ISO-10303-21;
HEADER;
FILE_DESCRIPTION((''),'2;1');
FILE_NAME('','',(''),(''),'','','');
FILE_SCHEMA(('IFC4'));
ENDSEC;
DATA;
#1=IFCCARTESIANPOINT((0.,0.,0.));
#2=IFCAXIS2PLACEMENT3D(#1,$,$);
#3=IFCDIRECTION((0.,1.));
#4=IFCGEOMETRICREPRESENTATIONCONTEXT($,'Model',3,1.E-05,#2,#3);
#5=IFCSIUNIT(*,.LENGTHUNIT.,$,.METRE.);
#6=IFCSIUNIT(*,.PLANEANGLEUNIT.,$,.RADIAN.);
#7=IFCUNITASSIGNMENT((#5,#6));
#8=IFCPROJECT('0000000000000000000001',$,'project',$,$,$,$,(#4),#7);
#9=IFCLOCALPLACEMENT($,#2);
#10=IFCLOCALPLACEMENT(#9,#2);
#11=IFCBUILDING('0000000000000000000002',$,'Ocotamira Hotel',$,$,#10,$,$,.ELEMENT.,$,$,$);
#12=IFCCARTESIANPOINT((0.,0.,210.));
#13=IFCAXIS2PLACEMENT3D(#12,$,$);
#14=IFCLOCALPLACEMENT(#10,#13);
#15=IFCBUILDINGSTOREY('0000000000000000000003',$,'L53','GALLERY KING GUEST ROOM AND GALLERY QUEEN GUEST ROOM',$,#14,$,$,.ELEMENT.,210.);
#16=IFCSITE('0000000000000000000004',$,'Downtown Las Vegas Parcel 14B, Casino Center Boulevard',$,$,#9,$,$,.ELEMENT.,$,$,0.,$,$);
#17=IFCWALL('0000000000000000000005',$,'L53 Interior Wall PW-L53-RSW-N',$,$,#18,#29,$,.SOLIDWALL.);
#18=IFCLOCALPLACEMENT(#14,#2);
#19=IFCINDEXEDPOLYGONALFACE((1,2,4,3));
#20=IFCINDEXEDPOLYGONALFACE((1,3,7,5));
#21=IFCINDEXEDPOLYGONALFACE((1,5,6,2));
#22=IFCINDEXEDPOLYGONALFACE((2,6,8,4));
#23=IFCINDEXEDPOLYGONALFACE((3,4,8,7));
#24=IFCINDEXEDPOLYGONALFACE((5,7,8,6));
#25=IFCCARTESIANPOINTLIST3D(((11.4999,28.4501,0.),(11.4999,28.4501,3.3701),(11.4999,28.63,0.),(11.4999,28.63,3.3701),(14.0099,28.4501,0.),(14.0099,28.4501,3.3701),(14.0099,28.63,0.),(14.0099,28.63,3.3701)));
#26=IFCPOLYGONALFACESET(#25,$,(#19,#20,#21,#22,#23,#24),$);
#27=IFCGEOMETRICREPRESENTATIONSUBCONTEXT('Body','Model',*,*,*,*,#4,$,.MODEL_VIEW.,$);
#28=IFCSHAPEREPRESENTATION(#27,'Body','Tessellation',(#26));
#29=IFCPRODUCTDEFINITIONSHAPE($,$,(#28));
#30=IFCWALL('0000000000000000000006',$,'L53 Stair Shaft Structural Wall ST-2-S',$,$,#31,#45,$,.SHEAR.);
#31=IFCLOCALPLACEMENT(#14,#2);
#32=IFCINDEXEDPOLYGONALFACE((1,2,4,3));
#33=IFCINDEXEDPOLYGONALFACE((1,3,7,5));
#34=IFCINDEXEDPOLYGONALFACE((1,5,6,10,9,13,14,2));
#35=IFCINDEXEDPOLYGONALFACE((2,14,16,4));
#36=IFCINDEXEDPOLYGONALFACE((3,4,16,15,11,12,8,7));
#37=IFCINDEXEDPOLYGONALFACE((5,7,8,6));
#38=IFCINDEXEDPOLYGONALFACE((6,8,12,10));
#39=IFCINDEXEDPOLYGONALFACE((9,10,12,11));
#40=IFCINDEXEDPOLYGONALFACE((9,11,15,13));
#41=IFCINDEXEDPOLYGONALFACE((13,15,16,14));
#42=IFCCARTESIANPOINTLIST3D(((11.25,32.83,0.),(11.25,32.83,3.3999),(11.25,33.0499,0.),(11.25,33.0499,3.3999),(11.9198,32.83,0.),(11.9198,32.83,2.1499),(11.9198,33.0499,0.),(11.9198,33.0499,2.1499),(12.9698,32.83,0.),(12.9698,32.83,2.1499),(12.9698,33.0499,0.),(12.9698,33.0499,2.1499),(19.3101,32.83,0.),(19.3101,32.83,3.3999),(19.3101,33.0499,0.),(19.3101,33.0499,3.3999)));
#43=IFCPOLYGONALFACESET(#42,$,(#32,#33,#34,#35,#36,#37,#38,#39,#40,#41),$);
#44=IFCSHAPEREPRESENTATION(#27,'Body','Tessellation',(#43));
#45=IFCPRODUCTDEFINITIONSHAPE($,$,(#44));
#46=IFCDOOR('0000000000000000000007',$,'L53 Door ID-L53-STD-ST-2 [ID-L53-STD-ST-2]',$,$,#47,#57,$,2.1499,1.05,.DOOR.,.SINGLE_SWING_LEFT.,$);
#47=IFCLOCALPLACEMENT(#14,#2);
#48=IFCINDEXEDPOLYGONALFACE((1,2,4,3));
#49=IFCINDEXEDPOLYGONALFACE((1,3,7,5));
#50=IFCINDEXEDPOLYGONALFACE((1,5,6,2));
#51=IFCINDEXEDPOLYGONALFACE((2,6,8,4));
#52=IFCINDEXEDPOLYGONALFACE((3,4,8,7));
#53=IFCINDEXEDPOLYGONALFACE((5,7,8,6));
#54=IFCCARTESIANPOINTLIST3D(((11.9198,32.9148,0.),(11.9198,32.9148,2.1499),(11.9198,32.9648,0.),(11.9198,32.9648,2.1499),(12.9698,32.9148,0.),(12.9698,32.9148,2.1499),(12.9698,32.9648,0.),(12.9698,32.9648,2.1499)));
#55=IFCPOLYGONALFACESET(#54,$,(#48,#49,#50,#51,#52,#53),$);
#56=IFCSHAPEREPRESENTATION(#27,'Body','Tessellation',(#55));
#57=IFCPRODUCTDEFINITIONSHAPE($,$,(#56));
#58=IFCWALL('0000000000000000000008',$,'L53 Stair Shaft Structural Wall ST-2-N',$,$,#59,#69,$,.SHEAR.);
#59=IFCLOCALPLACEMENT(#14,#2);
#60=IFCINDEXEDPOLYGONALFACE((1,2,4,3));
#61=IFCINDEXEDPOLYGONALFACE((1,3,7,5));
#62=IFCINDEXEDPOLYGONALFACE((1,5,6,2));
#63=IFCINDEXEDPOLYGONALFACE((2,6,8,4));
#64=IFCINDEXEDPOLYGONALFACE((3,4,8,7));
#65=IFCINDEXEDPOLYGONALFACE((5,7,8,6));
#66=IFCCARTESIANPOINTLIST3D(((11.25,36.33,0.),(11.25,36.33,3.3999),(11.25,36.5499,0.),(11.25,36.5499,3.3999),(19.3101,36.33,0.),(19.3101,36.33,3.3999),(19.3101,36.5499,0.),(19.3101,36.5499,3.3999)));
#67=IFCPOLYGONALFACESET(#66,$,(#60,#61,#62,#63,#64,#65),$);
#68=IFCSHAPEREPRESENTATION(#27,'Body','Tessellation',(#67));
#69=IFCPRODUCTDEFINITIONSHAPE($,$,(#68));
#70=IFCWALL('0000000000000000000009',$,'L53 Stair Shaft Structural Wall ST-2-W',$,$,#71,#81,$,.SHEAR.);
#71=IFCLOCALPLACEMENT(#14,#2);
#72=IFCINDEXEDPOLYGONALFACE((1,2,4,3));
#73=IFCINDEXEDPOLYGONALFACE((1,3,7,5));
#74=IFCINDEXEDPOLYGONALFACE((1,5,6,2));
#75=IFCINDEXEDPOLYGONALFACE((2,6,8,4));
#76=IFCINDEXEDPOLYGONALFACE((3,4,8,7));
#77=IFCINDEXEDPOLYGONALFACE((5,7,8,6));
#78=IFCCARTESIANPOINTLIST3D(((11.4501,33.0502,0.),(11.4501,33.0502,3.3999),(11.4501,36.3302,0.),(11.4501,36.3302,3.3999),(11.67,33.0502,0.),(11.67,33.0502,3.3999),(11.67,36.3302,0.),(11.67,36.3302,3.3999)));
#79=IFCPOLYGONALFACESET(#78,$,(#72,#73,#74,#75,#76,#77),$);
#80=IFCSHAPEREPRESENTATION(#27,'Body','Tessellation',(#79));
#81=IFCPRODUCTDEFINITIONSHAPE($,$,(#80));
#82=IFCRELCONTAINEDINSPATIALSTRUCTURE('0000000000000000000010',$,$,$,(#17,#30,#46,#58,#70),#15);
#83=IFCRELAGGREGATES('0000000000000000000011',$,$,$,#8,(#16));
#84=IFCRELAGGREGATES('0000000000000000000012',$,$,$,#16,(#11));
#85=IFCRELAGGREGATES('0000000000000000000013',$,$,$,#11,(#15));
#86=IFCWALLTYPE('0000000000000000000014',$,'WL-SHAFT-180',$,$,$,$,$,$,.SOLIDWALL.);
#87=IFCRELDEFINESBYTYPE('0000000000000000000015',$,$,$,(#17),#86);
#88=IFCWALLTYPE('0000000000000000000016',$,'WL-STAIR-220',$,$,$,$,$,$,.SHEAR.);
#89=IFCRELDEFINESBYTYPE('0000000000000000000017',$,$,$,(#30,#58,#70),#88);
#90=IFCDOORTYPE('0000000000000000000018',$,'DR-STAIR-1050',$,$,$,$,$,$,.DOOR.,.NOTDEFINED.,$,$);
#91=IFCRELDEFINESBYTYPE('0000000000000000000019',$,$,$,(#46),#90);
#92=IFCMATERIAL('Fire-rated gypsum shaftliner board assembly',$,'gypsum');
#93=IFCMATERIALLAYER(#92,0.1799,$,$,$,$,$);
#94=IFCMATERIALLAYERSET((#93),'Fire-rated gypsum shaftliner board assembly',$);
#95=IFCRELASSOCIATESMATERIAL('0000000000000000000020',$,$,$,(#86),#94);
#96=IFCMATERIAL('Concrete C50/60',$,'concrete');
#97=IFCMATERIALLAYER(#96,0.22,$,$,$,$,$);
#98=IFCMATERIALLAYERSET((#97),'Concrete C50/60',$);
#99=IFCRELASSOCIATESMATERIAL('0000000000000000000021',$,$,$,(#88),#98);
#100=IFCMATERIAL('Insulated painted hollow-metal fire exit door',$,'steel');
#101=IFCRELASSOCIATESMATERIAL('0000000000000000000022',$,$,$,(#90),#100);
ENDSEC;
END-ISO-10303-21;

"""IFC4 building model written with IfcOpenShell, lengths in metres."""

from ifc_helpers import new_model, si_unit, direction, frame, frame_2d, origin, place, context, subcontext, project, spatial, rectangle, extrude, source, transform, mapped, material, layer, layer_set, type_object, element, fill, save


model = new_model("IFC4")

# Units and contexts
model_context = context("Model", 3, precision=1e-05, world=origin(), true_north=direction((0.0, 1.0)))
body_context = subcontext(model_context, "Body", "Model", "MODEL_VIEW")
ifc_project = project(units=[si_unit("LENGTHUNIT", "METRE"), si_unit("PLANEANGLEUNIT", "RADIAN")], contexts=[model_context])

# Site, building, storey
site_placement = place(None, origin())
site = spatial("IfcSite", under=ifc_project, at=site_placement, Name="Downtown Las Vegas Parcel 14B, Casino Center Boulevard", CompositionType="ELEMENT", RefElevation=0.0)
building_placement = place(site_placement, origin())
building = spatial("IfcBuilding", under=site, at=building_placement, Name="Ocotamira Hotel", CompositionType="ELEMENT")
storey_placement = place(building_placement, frame((0.0, 0.0, 210.0)))
storey = spatial("IfcBuildingStorey", under=building, at=storey_placement, Name="L53", Description="GALLERY KING GUEST ROOM AND GALLERY QUEEN GUEST ROOM", CompositionType="ELEMENT", Elevation=210.0)

# Wall
ifc_material_1 = material(Name="Fire-rated gypsum shaftliner board assembly", Category="gypsum")
ifc_layer_1 = layer(ifc_material_1, 0.1799)
ifc_layer_set_1 = layer_set([ifc_layer_1], Name="Fire-rated gypsum shaftliner board assembly")
wall_type_1 = type_object("IfcWallType", Name="WL-SHAFT-180", PredefinedType="SOLIDWALL", material=ifc_layer_set_1)
for number, where, z_axis, x_axis, name in (
    (1, (11.5, 28.54, 0.0), (0.0, 0.0, 1.0), (1.0, 0.0, 0.0), "L53 Interior Wall PW-L53-RSW-N"),
):
    element("IfcWall", number, at=place(storey_placement, frame(where, z_axis=z_axis, x_axis=x_axis)), inside=storey, type_object=wall_type_1, Name=name, PredefinedType="SOLIDWALL", context=body_context, shape_type="SweptSolid", body=[
        extrude(rectangle(XDim=2.51, YDim=0.1799, at=frame_2d((1.2549, 0.0))), origin(), (0.0, 0.0, 1.0), 3.3701),
    ])

# Wall, opening, door
ifc_material_2 = material(Name="Concrete C50/60", Category="concrete")
ifc_layer_2 = layer(ifc_material_2, 0.22)
ifc_layer_set_2 = layer_set([ifc_layer_2], Name="Concrete C50/60")
wall_type_2 = type_object("IfcWallType", Name="WL-STAIR-220", PredefinedType="SHEAR", material=ifc_layer_set_2)
wall_1_placement = place(storey_placement, frame((11.25, 32.9399, 0.0), z_axis=(0.0, 0.0, 1.0), x_axis=(1.0, 0.0, 0.0)))
wall_1 = element("IfcWall", 2, at=wall_1_placement, inside=storey, type_object=wall_type_2, Name="L53 Stair Shaft Structural Wall ST-2-S", PredefinedType="SHEAR", context=body_context, shape_type="SweptSolid", body=[
    extrude(rectangle(XDim=8.0601, YDim=0.22, at=frame_2d((4.03, 0.0))), origin(), (0.0, 0.0, 1.0), 3.3999),
])
opening_placement = place(wall_1_placement, frame((0.6699, 0.0, 0.0)))
opening = element("IfcOpeningElement", 3, at=opening_placement, cuts=wall_1, PredefinedType="OPENING", context=body_context, shape_type="SweptSolid", body=[
    extrude(rectangle(XDim=1.05, YDim=2.1499, at=frame_2d((0.5249, 1.075))), frame((0.0, 0.1201, 0.0), z_axis=(0.0, -1.0, 0.0), x_axis=(1.0, 0.0, 0.0)), (0.0, 0.0, 1.0), 0.24),
])
ifc_material_3 = material(Name="Insulated painted hollow-metal fire exit door", Category="steel")
door_type = type_object("IfcDoorType", Name="DR-STAIR-1050", OperationType="NOTDEFINED", PredefinedType="DOOR", material=ifc_material_3)
shared_shape_1 = source(origin(), body_context, "Body", "SweptSolid", [
    extrude(rectangle(XDim=1.05, YDim=2.1499, at=frame_2d((0.5249, 1.075))), frame((0.0, 0.0249, 0.0), z_axis=(0.0, -1.0, 0.0), x_axis=(1.0, 0.0, 0.0)), (0.0, 0.0, 1.0), 0.05),
])
door_placement = place(opening_placement, origin())
door = element("IfcDoor", 4, at=door_placement, inside=storey, type_object=door_type, Name="L53 Door ID-L53-STD-ST-2 [ID-L53-STD-ST-2]", OperationType="SINGLE_SWING_LEFT", OverallHeight=2.1499, OverallWidth=1.05, PredefinedType="DOOR", context=body_context, shape_type="MappedRepresentation", body=[
    mapped(shared_shape_1, transform((0.0, 0.0, 0.0), scale=1.0)),
])
fill(opening, door)

# Walls
wall_2_placement = place(storey_placement, frame((11.25, 36.4399, 0.0), z_axis=(0.0, 0.0, 1.0), x_axis=(1.0, 0.0, 0.0)))
element("IfcWall", 5, at=wall_2_placement, inside=storey, type_object=wall_type_2, Name="L53 Stair Shaft Structural Wall ST-2-N", PredefinedType="SHEAR", context=body_context, shape_type="SweptSolid", body=[
    extrude(rectangle(XDim=8.0601, YDim=0.22, at=frame_2d((4.03, 0.0))), origin(), (0.0, 0.0, 1.0), 3.3999),
])
wall_3_placement = place(storey_placement, frame((11.5601, 33.05, 0.0), z_axis=(0.0, 0.0, 1.0), x_axis=(0.0, 1.0, 0.0)))
element("IfcWall", 6, at=wall_3_placement, inside=storey, type_object=wall_type_2, Name="L53 Stair Shaft Structural Wall ST-2-W", PredefinedType="SHEAR", context=body_context, shape_type="SweptSolid", body=[
    extrude(rectangle(XDim=3.28, YDim=0.22, at=frame_2d((1.6401, 0.0))), origin(), (0.0, 0.0, 1.0), 3.3999),
])

save(model, "model.ifc")
